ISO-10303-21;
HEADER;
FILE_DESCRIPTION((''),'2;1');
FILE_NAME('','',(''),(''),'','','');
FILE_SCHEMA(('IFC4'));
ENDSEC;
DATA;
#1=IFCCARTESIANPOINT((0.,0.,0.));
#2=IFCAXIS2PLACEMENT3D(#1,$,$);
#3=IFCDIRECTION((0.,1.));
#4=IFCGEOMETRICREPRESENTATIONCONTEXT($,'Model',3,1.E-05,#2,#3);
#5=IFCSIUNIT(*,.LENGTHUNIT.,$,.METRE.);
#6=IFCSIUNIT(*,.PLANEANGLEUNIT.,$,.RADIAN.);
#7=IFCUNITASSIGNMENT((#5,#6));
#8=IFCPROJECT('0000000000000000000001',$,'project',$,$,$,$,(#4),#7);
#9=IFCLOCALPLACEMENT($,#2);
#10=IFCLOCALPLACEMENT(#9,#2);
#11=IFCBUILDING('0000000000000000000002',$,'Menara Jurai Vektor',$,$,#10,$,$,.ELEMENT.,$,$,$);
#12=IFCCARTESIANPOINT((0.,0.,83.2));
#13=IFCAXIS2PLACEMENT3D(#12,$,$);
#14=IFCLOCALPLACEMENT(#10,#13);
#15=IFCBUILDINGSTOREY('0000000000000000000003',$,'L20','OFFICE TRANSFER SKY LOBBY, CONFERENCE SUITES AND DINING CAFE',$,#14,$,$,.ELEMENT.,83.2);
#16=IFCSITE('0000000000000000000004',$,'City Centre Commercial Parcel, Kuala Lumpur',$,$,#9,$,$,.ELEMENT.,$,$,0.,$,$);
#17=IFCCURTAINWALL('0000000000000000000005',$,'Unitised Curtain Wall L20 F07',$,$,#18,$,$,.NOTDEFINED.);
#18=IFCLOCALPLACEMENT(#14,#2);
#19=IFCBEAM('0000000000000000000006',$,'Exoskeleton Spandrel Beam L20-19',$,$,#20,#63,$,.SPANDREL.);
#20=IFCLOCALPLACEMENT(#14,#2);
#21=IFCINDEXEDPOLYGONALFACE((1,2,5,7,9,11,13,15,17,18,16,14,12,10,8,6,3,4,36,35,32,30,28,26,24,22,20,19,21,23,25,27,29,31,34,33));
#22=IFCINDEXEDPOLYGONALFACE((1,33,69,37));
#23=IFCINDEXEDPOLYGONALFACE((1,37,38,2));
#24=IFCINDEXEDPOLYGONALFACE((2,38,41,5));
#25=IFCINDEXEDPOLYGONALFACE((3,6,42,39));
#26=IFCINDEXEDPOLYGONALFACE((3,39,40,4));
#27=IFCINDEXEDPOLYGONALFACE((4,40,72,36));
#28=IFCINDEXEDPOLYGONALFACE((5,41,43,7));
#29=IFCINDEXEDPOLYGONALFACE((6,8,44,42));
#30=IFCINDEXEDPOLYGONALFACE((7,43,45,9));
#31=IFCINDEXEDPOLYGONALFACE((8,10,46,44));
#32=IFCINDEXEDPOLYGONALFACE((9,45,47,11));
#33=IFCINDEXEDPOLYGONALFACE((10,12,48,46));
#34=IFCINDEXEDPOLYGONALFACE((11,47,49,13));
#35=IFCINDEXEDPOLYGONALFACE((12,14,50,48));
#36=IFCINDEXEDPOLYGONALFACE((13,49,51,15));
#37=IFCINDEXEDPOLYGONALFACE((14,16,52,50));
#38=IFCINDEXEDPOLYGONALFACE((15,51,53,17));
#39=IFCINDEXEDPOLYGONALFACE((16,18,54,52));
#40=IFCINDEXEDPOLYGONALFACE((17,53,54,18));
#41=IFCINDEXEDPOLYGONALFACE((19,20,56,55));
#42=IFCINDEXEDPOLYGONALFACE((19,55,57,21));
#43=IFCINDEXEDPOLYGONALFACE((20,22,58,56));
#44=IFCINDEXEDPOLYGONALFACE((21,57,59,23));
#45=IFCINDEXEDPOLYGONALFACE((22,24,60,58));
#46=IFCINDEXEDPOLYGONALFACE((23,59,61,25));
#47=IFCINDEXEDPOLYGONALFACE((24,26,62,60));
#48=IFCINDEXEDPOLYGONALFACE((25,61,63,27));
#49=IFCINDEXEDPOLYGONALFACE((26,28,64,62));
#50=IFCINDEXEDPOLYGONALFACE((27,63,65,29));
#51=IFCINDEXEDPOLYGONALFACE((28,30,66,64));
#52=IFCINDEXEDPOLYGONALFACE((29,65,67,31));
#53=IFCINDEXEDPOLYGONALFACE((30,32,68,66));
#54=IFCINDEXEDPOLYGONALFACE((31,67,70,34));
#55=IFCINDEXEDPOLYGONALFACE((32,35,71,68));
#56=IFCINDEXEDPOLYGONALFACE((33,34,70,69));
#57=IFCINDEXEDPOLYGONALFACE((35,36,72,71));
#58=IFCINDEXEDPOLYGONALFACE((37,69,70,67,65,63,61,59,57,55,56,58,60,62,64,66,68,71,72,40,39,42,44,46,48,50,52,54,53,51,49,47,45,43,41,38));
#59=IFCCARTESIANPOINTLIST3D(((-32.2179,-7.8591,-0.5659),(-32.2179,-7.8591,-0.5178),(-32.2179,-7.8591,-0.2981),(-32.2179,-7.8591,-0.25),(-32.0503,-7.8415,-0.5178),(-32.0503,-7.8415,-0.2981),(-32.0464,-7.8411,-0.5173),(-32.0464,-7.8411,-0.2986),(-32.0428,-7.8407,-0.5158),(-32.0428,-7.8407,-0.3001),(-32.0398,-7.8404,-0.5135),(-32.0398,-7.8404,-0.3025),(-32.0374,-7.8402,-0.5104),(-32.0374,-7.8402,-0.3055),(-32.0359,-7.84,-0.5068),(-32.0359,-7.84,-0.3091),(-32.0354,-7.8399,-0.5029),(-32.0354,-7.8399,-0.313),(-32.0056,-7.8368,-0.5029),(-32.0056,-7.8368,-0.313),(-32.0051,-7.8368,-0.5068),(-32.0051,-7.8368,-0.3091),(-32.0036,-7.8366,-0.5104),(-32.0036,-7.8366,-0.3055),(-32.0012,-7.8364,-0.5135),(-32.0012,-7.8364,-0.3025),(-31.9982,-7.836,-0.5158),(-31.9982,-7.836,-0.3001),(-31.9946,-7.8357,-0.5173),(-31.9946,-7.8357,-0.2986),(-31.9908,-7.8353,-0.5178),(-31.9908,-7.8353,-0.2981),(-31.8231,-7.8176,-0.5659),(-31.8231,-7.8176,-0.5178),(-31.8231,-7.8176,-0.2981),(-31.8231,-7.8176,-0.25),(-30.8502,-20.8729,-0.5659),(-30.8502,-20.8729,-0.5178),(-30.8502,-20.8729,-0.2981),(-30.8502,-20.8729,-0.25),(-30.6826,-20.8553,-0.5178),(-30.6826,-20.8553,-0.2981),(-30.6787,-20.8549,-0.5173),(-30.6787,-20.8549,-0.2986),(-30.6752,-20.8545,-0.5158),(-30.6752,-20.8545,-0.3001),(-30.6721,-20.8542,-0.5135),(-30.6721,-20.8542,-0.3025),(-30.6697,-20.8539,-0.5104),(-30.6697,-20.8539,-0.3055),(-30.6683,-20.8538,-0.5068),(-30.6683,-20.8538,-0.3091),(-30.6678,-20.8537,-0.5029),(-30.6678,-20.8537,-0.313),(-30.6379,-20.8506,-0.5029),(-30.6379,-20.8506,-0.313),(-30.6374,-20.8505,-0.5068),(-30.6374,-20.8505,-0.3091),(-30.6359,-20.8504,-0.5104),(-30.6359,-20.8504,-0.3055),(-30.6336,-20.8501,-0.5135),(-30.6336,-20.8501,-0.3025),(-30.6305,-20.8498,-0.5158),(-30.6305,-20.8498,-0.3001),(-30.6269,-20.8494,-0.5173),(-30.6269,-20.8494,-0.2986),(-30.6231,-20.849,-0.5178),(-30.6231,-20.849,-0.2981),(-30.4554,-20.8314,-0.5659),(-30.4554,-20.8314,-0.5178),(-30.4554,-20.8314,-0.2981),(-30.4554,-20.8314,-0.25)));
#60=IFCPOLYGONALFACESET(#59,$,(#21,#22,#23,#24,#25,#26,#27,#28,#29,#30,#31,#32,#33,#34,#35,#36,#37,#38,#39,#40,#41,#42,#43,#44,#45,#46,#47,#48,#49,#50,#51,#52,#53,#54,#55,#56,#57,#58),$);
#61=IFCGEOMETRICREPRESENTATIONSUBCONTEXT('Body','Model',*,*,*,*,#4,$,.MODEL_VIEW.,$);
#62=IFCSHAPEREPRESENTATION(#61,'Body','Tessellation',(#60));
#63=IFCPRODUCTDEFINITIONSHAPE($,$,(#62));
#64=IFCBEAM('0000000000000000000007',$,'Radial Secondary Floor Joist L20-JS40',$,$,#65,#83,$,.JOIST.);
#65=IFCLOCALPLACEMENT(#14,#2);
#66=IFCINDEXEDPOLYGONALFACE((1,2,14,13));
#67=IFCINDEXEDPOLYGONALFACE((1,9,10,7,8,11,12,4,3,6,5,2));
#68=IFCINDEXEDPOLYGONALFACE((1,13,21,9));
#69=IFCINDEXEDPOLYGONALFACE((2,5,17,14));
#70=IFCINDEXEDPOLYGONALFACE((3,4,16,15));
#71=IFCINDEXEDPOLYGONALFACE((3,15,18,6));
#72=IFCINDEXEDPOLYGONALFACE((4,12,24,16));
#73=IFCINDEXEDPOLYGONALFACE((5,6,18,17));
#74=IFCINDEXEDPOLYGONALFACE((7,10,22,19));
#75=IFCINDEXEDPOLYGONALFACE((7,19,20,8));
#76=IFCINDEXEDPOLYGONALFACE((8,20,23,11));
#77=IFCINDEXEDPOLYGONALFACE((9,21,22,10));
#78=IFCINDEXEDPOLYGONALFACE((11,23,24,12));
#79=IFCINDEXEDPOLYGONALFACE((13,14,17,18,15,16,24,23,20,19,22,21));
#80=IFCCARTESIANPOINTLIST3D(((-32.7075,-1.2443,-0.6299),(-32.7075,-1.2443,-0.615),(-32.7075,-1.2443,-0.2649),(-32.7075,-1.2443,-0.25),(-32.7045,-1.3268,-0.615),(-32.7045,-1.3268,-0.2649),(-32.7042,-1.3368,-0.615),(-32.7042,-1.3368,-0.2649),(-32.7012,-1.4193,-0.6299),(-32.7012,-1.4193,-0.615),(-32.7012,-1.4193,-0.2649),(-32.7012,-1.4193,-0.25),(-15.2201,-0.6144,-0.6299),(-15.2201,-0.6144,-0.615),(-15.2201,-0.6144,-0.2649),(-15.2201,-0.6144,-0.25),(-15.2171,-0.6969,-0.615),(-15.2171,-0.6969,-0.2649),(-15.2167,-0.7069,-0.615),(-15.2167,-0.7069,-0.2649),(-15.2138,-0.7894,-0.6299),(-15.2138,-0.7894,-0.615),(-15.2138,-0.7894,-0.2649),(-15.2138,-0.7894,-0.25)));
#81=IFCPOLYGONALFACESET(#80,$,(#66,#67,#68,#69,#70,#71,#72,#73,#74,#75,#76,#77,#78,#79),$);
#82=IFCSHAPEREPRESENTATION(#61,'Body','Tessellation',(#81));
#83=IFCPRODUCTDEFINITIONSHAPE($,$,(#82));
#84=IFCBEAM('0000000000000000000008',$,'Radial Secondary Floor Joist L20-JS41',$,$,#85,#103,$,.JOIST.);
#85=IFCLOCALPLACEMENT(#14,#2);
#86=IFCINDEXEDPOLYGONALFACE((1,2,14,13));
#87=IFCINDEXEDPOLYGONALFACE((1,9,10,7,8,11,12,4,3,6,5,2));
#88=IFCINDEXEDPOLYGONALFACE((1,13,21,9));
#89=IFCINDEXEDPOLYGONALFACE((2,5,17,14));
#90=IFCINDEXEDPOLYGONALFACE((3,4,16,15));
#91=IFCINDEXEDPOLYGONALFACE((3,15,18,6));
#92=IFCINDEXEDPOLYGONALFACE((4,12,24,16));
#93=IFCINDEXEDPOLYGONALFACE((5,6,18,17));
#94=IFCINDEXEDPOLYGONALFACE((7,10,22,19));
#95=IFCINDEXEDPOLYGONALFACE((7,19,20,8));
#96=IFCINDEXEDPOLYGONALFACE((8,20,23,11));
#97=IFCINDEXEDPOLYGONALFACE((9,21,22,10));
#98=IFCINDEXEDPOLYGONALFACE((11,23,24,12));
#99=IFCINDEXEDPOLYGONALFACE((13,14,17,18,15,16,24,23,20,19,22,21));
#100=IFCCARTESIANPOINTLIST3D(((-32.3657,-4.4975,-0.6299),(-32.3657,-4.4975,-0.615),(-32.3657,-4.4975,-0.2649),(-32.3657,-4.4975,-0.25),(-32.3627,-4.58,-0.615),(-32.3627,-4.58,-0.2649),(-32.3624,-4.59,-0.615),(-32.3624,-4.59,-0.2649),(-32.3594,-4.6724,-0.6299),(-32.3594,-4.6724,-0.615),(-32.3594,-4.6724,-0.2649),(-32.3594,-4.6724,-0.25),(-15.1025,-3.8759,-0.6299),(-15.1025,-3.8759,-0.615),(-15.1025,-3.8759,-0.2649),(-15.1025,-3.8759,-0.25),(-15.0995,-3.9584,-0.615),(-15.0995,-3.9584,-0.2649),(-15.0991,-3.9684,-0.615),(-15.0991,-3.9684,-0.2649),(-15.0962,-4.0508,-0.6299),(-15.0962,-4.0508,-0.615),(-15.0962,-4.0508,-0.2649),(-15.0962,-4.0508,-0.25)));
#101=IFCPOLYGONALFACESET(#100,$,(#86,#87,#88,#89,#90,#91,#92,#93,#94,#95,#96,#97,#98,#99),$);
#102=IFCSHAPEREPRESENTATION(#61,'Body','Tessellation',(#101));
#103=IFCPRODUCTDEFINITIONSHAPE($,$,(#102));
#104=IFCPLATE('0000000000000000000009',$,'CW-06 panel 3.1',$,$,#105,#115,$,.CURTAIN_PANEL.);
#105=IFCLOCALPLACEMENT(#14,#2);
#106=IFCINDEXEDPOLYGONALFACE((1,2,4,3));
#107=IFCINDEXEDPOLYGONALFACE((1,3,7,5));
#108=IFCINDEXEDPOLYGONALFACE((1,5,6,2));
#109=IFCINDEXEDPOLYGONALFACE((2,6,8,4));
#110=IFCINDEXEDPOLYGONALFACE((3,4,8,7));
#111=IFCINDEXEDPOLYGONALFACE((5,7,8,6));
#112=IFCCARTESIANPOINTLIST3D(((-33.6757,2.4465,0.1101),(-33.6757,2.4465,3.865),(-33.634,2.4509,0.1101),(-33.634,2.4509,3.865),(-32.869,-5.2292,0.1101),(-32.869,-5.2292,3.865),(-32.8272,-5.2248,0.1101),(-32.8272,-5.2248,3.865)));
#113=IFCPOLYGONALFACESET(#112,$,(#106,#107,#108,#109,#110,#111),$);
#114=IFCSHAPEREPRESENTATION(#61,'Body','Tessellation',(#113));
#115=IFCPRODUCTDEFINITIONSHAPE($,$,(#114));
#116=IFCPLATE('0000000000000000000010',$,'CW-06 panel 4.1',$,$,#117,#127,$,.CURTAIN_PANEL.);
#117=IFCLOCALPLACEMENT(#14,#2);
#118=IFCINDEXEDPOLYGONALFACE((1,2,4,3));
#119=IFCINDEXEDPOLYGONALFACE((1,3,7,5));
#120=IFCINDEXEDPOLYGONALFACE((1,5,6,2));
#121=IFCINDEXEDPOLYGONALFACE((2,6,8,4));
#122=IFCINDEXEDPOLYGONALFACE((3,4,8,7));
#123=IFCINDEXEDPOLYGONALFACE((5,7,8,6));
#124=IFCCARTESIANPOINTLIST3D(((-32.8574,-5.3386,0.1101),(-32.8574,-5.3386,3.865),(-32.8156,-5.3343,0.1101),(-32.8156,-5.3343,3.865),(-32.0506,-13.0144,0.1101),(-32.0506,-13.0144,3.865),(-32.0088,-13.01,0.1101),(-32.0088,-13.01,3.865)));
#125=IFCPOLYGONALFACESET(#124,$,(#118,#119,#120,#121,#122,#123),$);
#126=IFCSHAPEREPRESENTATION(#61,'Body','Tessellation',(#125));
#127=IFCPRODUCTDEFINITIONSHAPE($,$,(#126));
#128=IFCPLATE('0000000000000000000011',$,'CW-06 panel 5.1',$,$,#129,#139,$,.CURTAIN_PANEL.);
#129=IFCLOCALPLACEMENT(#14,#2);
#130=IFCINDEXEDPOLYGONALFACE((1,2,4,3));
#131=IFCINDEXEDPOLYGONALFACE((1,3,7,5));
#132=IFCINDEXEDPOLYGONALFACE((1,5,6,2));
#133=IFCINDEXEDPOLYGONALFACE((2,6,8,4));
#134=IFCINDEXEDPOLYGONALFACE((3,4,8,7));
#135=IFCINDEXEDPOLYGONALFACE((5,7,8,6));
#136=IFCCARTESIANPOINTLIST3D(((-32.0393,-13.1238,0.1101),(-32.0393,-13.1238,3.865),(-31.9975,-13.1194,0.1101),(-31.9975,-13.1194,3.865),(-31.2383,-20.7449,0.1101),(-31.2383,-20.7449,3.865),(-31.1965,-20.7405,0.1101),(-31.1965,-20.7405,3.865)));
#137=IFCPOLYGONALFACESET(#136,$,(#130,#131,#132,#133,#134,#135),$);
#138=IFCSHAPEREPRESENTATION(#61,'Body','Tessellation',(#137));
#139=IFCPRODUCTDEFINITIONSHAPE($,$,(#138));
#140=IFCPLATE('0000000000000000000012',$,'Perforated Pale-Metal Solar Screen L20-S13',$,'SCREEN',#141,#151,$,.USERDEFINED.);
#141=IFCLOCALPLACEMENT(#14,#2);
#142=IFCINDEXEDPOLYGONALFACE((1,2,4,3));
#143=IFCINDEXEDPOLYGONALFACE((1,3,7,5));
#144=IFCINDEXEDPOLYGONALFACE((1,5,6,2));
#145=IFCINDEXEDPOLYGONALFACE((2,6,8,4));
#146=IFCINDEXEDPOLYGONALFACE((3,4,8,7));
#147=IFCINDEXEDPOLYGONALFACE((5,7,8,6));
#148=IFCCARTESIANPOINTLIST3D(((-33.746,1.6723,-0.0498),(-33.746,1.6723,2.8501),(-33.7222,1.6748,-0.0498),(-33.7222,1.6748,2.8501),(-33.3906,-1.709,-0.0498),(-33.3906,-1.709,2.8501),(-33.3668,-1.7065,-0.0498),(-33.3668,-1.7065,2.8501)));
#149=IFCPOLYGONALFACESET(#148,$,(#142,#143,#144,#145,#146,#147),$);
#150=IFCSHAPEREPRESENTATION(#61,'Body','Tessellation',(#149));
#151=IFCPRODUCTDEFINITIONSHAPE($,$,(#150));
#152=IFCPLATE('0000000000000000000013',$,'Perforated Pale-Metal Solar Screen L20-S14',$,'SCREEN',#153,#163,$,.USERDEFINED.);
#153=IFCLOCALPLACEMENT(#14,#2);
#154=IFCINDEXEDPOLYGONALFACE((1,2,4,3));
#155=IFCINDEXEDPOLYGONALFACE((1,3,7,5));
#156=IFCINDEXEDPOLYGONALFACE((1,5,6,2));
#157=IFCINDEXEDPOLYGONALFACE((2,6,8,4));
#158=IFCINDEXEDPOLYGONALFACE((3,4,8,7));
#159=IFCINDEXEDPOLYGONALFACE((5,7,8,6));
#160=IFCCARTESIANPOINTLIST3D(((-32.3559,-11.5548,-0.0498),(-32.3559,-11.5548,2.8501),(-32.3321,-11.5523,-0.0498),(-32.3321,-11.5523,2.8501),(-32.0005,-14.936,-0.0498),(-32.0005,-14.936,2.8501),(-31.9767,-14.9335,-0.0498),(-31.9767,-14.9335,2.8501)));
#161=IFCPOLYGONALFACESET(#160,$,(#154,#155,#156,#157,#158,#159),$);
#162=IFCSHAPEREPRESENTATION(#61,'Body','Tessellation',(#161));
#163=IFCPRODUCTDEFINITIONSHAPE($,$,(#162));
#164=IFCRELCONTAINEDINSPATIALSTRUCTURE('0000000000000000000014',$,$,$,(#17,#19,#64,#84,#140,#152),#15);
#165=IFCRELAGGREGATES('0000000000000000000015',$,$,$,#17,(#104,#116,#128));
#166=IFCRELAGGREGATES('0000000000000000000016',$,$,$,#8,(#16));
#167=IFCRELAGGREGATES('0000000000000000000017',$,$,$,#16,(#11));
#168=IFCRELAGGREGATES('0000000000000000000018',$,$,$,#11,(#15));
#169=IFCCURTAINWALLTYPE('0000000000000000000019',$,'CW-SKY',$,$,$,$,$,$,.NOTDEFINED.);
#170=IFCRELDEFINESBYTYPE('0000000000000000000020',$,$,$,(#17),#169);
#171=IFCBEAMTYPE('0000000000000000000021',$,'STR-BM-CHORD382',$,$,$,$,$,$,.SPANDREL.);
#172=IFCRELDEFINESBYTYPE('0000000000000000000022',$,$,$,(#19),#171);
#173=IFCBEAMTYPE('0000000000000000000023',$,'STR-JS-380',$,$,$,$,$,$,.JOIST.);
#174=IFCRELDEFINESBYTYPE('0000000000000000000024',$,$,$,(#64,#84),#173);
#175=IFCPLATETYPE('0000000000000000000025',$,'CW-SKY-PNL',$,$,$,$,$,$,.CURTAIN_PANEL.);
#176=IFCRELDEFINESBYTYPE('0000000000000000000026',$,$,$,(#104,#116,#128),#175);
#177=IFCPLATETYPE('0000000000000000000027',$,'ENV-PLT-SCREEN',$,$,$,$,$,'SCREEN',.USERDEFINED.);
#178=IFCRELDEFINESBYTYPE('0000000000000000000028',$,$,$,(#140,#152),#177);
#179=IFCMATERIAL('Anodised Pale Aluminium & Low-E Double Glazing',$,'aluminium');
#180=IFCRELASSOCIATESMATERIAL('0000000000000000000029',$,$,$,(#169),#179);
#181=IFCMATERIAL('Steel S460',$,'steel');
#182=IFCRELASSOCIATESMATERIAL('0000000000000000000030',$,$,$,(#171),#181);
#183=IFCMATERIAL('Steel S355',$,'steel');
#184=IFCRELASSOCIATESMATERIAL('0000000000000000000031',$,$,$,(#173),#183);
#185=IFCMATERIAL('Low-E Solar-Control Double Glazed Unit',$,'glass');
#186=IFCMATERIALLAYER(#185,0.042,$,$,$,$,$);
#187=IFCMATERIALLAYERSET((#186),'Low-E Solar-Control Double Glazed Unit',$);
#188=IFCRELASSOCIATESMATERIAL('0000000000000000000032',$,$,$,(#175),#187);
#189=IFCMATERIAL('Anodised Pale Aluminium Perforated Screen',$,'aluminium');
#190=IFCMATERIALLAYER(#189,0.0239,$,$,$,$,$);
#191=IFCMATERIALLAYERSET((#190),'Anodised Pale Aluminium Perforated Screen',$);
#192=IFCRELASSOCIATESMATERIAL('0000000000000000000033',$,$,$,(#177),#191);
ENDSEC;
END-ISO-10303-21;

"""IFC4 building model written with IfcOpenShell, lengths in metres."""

from ifc_helpers import new_model, si_unit, direction, frame, origin, origin_2d, place, context, subcontext, project, spatial, rectangle, i_section, extrude, material, layer, layer_set, material_profile, profile_set, type_object, element, aggregate, save


model = new_model("IFC4")

# Units and contexts
model_context = context("Model", 3, precision=1e-05, world=origin(), true_north=direction((0.0, 1.0)))
body_context = subcontext(model_context, "Body", "Model", "MODEL_VIEW")
ifc_project = project(units=[si_unit("LENGTHUNIT", "METRE"), si_unit("PLANEANGLEUNIT", "RADIAN")], contexts=[model_context])

# Site, building, storey
site_placement = place(None, origin())
site = spatial("IfcSite", under=ifc_project, at=site_placement, Name="City Centre Commercial Parcel, Kuala Lumpur", CompositionType="ELEMENT", RefElevation=0.0)
building_placement = place(site_placement, origin())
building = spatial("IfcBuilding", under=site, at=building_placement, Name="Menara Jurai Vektor", CompositionType="ELEMENT")
storey_placement = place(building_placement, frame((0.0, 0.0, 83.2)))
storey = spatial("IfcBuildingStorey", under=building, at=storey_placement, Name="L20", Description="OFFICE TRANSFER SKY LOBBY, CONFERENCE SUITES AND DINING CAFE", CompositionType="ELEMENT", Elevation=83.2)

# Shared definitions
ifc_material_1 = material(Name="Steel S460", Category="steel")

# Curtain wall
ifc_material_2 = material(Name="Anodised Pale Aluminium & Low-E Double Glazing", Category="aluminium")
curtain_wall_type = type_object("IfcCurtainWallType", Name="CW-SKY", PredefinedType="NOTDEFINED", material=ifc_material_2)
curtain_wall_placement = place(storey_placement, origin())
curtain_wall = element("IfcCurtainWall", 1, at=curtain_wall_placement, inside=storey, type_object=curtain_wall_type, Name="Unitised Curtain Wall L20 F07", PredefinedType="NOTDEFINED")

# Beams
ifc_material_3 = material(Name="Steel S355", Category="steel")
ifc_material_profile_1 = material_profile(ifc_material_1, i_section(OverallWidth=0.397, OverallDepth=0.3159, WebThickness=0.03, FlangeThickness=0.0481, FilletRadius=0.0149, at=origin_2d()), Name="HD 400x382")
ifc_profile_set_1 = profile_set([ifc_material_profile_1], Name="Steel S460")
beam_type_1 = type_object("IfcBeamType", Name="STR-BM-CHORD382", PredefinedType="SPANDREL", material=ifc_profile_set_1)
beam_1_placement = place(storey_placement, frame((-32.0205, -7.8384, -0.408), z_axis=(0.10452, -0.994523, 0.0), x_axis=(0.994523, 0.10452, 0.0)))
element("IfcBeam", 2, at=beam_1_placement, inside=storey, type_object=beam_type_1, Name="Exoskeleton Spandrel Beam L20-19", PredefinedType="SPANDREL", context=body_context, shape_type="SweptSolid", body=[
    extrude(i_section(OverallWidth=0.397, OverallDepth=0.3159, WebThickness=0.03, FlangeThickness=0.0481, FilletRadius=0.0149, at=origin_2d()), origin(), (0.0, 0.0, 1.0), 13.0854),
])
ifc_material_profile_2 = material_profile(ifc_material_3, i_section(OverallWidth=0.175, OverallDepth=0.3799, WebThickness=0.01, FlangeThickness=0.0149, at=origin_2d()), Name="PG 380x175x58")
ifc_profile_set_2 = profile_set([ifc_material_profile_2], Name="Steel S355")
beam_type_2 = type_object("IfcBeamType", Name="STR-JS-380", PredefinedType="JOIST", material=ifc_profile_set_2)
beam_2_placement = place(storey_placement, frame((-32.7043, -1.3318, -0.4399), z_axis=(0.999352, 0.035996, 0.0), x_axis=(-0.035996, 0.999352, 0.0)))
element("IfcBeam", 3, at=beam_2_placement, inside=storey, type_object=beam_type_2, Name="Radial Secondary Floor Joist L20-JS40", PredefinedType="JOIST", context=body_context, shape_type="SweptSolid", body=[
    extrude(i_section(OverallWidth=0.175, OverallDepth=0.3799, WebThickness=0.01, FlangeThickness=0.0149, at=origin_2d()), origin(), (0.0, 0.0, 1.0), 17.4988),
])
beam_3_placement = place(storey_placement, frame((-32.3625, -4.585, -0.4399), z_axis=(0.999352, 0.035983, 0.0), x_axis=(-0.035983, 0.999352, 0.0)))
element("IfcBeam", 4, at=beam_3_placement, inside=storey, type_object=beam_type_2, Name="Radial Secondary Floor Joist L20-JS41", PredefinedType="JOIST", context=body_context, shape_type="SweptSolid", body=[
    extrude(i_section(OverallWidth=0.175, OverallDepth=0.3799, WebThickness=0.01, FlangeThickness=0.0149, at=origin_2d()), origin(), (0.0, 0.0, 1.0), 17.2744),
])

# Plates
ifc_material_4 = material(Name="Low-E Solar-Control Double Glazed Unit", Category="glass")
ifc_layer_1 = layer(ifc_material_4, 0.042)
ifc_layer_set_1 = layer_set([ifc_layer_1], Name="Low-E Solar-Control Double Glazed Unit")
plate_type_1 = type_object("IfcPlateType", Name="CW-SKY-PNL", PredefinedType="CURTAIN_PANEL", material=ifc_layer_set_1)
plate_1_placement = place(storey_placement, frame((-33.2515, -1.3892, 0.1101), z_axis=(0.0, 0.0, 1.0), x_axis=(0.10453, -0.994522, 0.0)))
plate_1 = element("IfcPlate", 5, at=plate_1_placement, type_object=plate_type_1, Name="CW-06 panel 3.1", PredefinedType="CURTAIN_PANEL", context=body_context, shape_type="SweptSolid", body=[
    extrude(rectangle(XDim=7.718, YDim=0.042, at=origin_2d()), origin(), (0.0, 0.0, 1.0), 3.7549),
])
plate_2_placement = place(storey_placement, frame((-32.4331, -9.1743, 0.1101), z_axis=(0.0, 0.0, 1.0), x_axis=(0.10453, -0.994522, 0.0)))
plate_2 = element("IfcPlate", 6, at=plate_2_placement, type_object=plate_type_1, Name="CW-06 panel 4.1", PredefinedType="CURTAIN_PANEL", context=body_context, shape_type="SweptSolid", body=[
    extrude(rectangle(XDim=7.718, YDim=0.042, at=origin_2d()), origin(), (0.0, 0.0, 1.0), 3.7549),
])
plate_3_placement = place(storey_placement, frame((-31.6179, -16.9321, 0.1101), z_axis=(0.0, 0.0, 1.0), x_axis=(0.10453, -0.994522, 0.0)))
plate_3 = element("IfcPlate", 7, at=plate_3_placement, type_object=plate_type_1, Name="CW-06 panel 5.1", PredefinedType="CURTAIN_PANEL", context=body_context, shape_type="SweptSolid", body=[
    extrude(rectangle(XDim=7.6631, YDim=0.042, at=origin_2d()), origin(), (0.0, 0.0, 1.0), 3.7549),
])
aggregate(curtain_wall, [plate_1, plate_2, plate_3])

# Plates
ifc_material_5 = material(Name="Anodised Pale Aluminium Perforated Screen", Category="aluminium")
ifc_layer_2 = layer(ifc_material_5, 0.0239)
ifc_layer_set_2 = layer_set([ifc_layer_2], Name="Anodised Pale Aluminium Perforated Screen")
plate_type_2 = type_object("IfcPlateType", Name="ENV-PLT-SCREEN", ElementType="SCREEN", PredefinedType="USERDEFINED", material=ifc_layer_set_2)
for number, where, z_axis, x_axis, name in (
    (8, (-33.5564, -0.0171, -0.0498), (0.0, 0.0, 1.0), (0.104528, -0.994522, 0.0), "Perforated Pale-Metal Solar Screen L20-S13"),
    (9, (-32.1663, -13.2441, -0.0498), (0.0, 0.0, 1.0), (0.104528, -0.994522, 0.0), "Perforated Pale-Metal Solar Screen L20-S14"),
):
    element("IfcPlate", number, at=place(storey_placement, frame(where, z_axis=z_axis, x_axis=x_axis)), inside=storey, type_object=plate_type_2, Name=name, ObjectType="SCREEN", PredefinedType="USERDEFINED", context=body_context, shape_type="SweptSolid", body=[
        extrude(rectangle(XDim=3.3999, YDim=0.0239, at=origin_2d()), origin(), (0.0, 0.0, 1.0), 2.8999),
    ])

save(model, "model.ifc")
